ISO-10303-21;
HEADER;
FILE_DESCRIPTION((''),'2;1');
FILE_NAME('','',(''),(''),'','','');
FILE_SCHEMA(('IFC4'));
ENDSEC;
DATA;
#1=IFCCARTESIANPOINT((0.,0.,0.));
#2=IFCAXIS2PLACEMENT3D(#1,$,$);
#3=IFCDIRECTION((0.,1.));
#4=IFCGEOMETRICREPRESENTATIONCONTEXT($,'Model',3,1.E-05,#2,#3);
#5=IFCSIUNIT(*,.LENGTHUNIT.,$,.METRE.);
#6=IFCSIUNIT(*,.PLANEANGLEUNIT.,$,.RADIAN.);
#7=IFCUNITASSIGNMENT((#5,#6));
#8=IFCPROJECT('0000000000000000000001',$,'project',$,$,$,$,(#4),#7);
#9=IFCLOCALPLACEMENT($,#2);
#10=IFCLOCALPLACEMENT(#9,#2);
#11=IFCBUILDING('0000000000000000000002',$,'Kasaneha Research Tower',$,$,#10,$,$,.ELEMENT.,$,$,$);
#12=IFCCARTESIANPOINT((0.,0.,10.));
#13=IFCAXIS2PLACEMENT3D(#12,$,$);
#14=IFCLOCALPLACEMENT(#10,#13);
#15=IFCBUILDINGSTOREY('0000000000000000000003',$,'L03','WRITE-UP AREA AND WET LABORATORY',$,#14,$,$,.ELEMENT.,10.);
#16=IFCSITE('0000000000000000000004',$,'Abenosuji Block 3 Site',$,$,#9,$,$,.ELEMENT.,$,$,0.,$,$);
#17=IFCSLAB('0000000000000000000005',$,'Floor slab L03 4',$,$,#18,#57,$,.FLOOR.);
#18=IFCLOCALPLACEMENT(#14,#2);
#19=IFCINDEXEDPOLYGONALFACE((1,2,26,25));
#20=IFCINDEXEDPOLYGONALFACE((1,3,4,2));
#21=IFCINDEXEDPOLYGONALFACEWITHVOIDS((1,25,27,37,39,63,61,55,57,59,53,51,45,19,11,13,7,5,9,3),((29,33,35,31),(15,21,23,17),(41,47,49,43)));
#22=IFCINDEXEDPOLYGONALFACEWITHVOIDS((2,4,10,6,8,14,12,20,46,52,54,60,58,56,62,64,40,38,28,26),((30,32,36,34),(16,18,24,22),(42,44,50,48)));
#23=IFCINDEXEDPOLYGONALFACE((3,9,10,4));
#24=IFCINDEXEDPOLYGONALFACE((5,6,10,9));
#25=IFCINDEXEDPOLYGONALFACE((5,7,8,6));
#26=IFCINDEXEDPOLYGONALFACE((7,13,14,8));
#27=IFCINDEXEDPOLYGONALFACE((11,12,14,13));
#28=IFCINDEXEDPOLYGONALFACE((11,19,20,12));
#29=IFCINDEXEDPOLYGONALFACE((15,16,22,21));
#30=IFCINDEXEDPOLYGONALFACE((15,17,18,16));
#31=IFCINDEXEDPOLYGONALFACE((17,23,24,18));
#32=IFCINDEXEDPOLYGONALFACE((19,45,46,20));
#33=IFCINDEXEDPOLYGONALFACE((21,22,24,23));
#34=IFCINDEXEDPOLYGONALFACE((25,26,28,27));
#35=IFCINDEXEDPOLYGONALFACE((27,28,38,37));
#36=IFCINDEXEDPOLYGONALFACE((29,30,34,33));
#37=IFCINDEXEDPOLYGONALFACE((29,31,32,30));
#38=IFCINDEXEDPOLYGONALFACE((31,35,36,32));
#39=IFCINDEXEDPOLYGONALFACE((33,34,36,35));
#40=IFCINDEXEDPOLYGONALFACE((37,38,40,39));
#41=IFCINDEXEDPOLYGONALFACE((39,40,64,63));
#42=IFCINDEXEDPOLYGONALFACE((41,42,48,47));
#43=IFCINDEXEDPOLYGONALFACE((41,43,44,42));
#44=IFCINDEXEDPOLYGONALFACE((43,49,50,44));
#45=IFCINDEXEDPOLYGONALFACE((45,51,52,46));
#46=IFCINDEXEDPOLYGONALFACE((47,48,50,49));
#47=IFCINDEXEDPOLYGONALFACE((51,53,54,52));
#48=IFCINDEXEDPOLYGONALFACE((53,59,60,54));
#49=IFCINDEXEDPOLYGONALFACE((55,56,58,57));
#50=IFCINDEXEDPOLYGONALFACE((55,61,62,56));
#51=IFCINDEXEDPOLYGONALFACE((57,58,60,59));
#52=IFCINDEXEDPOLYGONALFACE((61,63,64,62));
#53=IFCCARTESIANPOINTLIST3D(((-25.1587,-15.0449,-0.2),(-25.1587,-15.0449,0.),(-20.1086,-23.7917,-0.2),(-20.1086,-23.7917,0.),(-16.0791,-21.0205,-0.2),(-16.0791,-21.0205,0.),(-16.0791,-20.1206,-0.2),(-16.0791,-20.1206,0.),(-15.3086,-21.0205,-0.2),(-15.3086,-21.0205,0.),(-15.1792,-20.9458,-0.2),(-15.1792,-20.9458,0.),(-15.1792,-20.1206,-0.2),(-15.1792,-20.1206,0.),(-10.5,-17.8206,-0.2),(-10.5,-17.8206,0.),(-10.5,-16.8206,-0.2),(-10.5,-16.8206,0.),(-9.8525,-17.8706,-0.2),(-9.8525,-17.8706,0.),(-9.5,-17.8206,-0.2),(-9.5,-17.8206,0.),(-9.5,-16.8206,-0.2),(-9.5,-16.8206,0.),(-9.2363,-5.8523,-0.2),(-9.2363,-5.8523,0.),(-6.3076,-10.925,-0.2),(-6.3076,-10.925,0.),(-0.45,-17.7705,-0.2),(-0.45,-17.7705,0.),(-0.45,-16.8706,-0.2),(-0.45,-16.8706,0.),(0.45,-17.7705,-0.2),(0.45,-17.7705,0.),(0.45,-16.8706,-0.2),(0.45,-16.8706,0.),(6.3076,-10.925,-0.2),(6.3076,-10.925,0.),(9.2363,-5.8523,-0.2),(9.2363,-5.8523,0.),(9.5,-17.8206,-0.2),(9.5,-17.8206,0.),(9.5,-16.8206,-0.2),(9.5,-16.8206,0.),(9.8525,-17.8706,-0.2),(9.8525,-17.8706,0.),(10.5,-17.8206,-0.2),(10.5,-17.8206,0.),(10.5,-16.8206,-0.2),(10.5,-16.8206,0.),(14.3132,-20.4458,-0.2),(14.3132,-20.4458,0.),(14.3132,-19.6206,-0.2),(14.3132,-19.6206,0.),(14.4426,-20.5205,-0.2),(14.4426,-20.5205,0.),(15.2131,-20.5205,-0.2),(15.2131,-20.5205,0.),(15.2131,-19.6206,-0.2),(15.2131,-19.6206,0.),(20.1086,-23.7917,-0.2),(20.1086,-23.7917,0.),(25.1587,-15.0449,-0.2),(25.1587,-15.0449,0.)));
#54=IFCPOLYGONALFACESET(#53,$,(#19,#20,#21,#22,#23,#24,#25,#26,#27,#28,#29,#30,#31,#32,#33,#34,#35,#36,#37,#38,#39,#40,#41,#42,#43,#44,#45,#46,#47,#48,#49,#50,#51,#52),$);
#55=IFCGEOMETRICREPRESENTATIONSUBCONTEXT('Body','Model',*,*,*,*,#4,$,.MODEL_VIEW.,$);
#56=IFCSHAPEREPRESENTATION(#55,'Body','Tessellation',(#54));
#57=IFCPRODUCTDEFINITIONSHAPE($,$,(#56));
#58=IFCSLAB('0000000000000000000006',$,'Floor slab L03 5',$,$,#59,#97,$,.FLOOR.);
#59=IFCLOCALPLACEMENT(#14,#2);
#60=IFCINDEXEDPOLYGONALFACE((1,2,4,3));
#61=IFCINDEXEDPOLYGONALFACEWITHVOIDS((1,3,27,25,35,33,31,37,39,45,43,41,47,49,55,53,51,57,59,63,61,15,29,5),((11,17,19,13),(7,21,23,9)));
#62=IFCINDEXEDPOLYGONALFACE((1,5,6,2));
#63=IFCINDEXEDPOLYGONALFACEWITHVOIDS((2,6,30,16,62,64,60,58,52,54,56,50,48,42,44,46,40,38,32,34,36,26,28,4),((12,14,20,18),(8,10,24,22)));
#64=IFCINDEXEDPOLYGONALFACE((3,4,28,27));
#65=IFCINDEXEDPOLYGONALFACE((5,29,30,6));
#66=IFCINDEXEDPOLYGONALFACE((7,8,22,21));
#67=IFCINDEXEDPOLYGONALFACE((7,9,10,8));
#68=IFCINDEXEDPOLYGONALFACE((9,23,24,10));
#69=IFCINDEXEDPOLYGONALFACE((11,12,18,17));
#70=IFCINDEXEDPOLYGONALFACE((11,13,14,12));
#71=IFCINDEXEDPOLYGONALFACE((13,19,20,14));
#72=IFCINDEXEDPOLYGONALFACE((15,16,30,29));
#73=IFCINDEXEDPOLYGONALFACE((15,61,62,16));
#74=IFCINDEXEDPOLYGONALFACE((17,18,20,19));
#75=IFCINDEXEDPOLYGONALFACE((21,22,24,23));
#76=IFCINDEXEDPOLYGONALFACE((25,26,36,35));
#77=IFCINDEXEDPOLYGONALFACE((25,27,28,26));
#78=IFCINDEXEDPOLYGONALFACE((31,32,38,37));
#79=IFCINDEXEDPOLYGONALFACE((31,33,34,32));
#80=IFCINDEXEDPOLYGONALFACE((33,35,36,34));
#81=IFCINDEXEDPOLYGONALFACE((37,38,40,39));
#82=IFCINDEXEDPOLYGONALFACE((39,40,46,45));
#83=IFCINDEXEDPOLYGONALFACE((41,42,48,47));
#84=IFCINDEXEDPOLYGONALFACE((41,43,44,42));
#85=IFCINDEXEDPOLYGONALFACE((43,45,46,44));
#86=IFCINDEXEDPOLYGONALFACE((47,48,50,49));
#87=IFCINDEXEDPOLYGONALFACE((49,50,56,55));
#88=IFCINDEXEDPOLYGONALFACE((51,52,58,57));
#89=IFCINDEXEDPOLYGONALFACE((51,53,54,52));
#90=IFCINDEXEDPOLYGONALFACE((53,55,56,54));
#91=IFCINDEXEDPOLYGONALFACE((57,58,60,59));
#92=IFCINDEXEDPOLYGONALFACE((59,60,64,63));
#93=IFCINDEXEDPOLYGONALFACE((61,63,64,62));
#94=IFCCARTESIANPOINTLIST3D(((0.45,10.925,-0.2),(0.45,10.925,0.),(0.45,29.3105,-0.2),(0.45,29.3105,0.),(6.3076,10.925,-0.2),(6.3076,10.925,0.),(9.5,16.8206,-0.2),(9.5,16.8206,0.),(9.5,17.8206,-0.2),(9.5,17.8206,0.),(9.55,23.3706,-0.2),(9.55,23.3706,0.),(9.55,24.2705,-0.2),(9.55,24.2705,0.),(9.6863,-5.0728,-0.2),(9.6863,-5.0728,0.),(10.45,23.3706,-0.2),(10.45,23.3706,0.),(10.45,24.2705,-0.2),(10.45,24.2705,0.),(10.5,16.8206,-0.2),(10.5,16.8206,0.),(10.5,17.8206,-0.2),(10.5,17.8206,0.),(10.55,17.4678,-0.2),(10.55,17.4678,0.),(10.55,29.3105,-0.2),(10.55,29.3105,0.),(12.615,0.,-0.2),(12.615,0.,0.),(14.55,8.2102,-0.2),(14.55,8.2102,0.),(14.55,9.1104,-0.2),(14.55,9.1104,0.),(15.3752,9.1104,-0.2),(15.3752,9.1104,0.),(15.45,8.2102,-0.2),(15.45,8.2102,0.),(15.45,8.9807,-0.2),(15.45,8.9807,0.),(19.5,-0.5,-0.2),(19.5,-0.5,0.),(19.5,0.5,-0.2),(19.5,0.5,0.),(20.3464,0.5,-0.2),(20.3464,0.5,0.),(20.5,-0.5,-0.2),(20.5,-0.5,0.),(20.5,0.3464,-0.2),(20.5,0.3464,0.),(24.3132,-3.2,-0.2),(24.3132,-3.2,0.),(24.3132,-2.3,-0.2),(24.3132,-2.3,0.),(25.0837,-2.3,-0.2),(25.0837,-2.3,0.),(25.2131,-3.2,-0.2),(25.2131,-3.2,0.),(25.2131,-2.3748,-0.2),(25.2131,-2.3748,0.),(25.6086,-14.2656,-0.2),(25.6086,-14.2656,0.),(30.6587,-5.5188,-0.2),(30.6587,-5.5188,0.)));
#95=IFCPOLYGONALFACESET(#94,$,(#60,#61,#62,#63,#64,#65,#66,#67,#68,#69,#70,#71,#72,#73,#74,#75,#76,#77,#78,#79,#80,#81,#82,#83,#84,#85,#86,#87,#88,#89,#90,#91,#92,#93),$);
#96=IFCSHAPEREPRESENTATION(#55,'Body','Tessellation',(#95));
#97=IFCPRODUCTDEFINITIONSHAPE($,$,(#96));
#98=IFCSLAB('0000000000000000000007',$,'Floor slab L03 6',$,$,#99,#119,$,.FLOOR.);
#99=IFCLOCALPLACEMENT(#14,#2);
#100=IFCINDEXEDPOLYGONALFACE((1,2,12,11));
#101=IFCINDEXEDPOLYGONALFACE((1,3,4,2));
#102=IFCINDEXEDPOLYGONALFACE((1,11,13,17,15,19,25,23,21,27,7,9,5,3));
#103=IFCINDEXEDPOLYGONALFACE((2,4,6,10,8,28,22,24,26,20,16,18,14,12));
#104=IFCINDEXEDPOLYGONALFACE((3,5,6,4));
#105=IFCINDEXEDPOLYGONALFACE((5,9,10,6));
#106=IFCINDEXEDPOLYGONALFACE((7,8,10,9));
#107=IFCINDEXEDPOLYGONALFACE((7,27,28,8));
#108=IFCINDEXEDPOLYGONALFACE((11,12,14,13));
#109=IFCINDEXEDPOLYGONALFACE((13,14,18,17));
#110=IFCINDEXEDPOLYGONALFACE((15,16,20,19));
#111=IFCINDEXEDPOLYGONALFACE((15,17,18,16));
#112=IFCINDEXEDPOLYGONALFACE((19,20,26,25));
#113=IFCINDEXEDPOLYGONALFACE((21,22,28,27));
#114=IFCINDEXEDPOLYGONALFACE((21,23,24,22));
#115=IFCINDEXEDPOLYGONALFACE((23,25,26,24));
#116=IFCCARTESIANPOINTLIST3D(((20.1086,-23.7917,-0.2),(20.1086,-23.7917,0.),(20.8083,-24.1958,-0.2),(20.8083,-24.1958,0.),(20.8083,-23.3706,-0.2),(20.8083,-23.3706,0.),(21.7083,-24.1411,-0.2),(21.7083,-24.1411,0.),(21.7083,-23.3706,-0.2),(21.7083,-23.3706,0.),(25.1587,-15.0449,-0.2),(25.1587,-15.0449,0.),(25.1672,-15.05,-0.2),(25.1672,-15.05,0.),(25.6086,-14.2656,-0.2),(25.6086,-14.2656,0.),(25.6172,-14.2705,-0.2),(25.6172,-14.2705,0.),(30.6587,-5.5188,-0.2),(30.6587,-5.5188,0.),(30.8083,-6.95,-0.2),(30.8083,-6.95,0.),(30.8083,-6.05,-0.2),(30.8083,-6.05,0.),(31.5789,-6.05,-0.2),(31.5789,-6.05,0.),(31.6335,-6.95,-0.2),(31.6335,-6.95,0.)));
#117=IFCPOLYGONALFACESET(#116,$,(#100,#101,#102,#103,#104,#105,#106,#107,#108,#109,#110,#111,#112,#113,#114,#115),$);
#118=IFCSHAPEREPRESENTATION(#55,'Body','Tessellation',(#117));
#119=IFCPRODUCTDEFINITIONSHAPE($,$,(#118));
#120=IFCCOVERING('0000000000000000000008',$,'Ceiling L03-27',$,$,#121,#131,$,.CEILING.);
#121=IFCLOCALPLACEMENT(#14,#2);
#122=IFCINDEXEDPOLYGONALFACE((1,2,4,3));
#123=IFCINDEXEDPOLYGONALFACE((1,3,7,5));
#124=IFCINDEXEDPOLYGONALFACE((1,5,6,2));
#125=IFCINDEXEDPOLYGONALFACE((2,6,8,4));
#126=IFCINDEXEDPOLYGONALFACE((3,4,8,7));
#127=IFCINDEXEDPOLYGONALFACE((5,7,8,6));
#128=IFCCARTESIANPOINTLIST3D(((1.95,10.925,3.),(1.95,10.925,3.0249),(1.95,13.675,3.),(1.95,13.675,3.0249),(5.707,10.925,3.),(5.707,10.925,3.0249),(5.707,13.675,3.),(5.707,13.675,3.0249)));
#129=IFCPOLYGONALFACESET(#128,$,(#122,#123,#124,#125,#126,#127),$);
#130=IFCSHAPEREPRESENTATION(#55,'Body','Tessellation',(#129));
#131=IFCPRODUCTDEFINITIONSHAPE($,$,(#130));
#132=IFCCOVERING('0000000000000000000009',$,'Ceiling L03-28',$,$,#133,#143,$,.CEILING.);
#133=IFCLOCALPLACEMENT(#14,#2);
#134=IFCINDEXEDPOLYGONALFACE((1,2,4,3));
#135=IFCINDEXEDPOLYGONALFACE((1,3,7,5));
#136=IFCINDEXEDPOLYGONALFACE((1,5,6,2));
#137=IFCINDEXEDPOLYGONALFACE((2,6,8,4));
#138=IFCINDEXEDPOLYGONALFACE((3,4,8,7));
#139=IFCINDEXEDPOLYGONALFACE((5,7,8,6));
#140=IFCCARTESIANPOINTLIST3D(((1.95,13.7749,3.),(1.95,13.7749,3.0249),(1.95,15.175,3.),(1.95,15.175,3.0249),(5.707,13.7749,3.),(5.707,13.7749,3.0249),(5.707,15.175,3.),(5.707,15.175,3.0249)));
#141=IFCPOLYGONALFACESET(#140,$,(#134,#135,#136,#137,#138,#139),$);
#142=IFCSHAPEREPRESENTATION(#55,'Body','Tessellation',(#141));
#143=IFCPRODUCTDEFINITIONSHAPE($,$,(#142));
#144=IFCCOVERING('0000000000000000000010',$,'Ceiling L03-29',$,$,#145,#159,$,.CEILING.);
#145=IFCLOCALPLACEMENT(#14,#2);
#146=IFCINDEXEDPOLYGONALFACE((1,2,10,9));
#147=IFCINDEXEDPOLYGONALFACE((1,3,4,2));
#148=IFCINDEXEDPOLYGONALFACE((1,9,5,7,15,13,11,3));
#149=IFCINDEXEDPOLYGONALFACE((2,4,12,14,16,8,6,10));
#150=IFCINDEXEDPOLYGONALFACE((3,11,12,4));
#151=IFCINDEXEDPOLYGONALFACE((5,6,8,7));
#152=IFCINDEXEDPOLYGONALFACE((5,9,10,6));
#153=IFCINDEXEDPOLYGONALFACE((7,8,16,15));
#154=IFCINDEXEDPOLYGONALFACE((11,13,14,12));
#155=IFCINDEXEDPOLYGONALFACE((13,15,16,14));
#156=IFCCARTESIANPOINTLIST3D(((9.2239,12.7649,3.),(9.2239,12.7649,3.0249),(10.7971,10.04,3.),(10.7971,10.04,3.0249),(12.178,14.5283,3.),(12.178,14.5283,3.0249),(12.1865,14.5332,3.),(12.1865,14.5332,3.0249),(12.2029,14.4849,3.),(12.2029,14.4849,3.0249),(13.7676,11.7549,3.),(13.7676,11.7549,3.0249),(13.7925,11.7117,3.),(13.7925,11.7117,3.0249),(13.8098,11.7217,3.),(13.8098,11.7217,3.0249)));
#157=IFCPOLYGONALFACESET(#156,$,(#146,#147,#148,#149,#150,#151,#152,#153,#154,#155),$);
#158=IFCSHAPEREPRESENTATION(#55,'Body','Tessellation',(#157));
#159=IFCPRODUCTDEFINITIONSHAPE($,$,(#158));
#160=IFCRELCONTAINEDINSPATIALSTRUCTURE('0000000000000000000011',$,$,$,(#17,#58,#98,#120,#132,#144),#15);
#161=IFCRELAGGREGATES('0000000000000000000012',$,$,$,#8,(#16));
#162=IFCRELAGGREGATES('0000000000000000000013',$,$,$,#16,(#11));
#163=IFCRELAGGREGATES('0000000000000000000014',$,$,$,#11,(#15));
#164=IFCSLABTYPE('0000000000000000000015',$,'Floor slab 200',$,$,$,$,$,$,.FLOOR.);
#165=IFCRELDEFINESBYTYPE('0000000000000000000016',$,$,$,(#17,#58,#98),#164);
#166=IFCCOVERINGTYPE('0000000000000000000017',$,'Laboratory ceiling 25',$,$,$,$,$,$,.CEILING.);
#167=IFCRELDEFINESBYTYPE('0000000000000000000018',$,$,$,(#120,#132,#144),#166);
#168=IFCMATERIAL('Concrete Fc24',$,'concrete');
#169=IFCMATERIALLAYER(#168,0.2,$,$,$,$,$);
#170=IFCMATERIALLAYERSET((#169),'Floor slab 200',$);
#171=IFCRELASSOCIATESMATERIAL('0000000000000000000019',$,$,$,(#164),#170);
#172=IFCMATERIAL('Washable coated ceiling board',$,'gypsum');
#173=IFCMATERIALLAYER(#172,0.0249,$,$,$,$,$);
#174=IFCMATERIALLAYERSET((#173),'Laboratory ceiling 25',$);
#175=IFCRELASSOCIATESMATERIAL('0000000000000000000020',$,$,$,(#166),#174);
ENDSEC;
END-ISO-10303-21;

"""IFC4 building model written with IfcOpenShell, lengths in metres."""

from ifc_helpers import new_model, si_unit, direction, frame, origin, place, context, subcontext, project, spatial, polyline, outline, extrude, material, layer, layer_set, type_object, element, save


model = new_model("IFC4")

# Units and contexts
model_context = context("Model", 3, precision=1e-05, world=origin(), true_north=direction((0.0, 1.0)))
body_context = subcontext(model_context, "Body", "Model", "MODEL_VIEW")
ifc_project = project(units=[si_unit("LENGTHUNIT", "METRE"), si_unit("PLANEANGLEUNIT", "RADIAN")], contexts=[model_context])

# Site, building, storey
site_placement = place(None, origin())
site = spatial("IfcSite", under=ifc_project, at=site_placement, Name="Abenosuji Block 3 Site", CompositionType="ELEMENT", RefElevation=0.0)
building_placement = place(site_placement, origin())
building = spatial("IfcBuilding", under=site, at=building_placement, Name="Kasaneha Research Tower", CompositionType="ELEMENT")
storey_placement = place(building_placement, frame((0.0, 0.0, 10.0)))
storey = spatial("IfcBuildingStorey", under=building, at=storey_placement, Name="L03", Description="WRITE-UP AREA AND WET LABORATORY", CompositionType="ELEMENT", Elevation=10.0)

# Slabs
ifc_material_1 = material(Name="Concrete Fc24", Category="concrete")
ifc_layer_1 = layer(ifc_material_1, 0.2)
ifc_layer_set_1 = layer_set([ifc_layer_1], Name="Floor slab 200")
slab_type_1 = type_object("IfcSlabType", Name="Floor slab 200", PredefinedType="FLOOR", material=ifc_layer_set_1)
slab_1_placement = place(storey_placement, frame((0.0, 0.0, -0.2)))
element("IfcSlab", 1, at=slab_1_placement, inside=storey, type_object=slab_type_1, Name="Floor slab L03 4", PredefinedType="FLOOR", context=body_context, shape_type="SweptSolid", body=[
    extrude(outline(polyline([(-6.3076, -10.925), (6.3076, -10.925), (9.2363, -5.8523), (25.1587, -15.0449), (20.1086, -23.7917), (14.4426, -20.5205), (15.2131, -20.5205), (15.2131, -19.6206), (14.3132, -19.6206), (14.3132, -20.4458), (9.8525, -17.8706), (-9.8525, -17.8706), (-15.1792, -20.9458), (-15.1792, -20.1206), (-16.0791, -20.1206), (-16.0791, -21.0205), (-15.3086, -21.0205), (-20.1086, -23.7917), (-25.1587, -15.0449), (-9.2363, -5.8523), (-6.3076, -10.925)]), holes=[polyline([(-0.45, -17.7705), (0.45, -17.7705), (0.45, -16.8706), (-0.45, -16.8706), (-0.45, -17.7705)]), polyline([(-9.5, -17.8206), (-9.5, -16.8206), (-10.5, -16.8206), (-10.5, -17.8206), (-9.5, -17.8206)]), polyline([(10.5, -17.8206), (10.5, -16.8206), (9.5, -16.8206), (9.5, -17.8206), (10.5, -17.8206)])]), origin(), (0.0, 0.0, 1.0), 0.2),
])
slab_2_placement = place(storey_placement, frame((0.0, 0.0, -0.2)))
element("IfcSlab", 2, at=slab_2_placement, inside=storey, type_object=slab_type_1, Name="Floor slab L03 5", PredefinedType="FLOOR", context=body_context, shape_type="SweptSolid", body=[
    extrude(outline(polyline([(9.6863, -5.0728), (12.615, 0.0), (6.3076, 10.925), (0.45, 10.925), (0.45, 29.3105), (10.55, 29.3105), (10.55, 17.4678), (15.3752, 9.1104), (14.55, 9.1104), (14.55, 8.2102), (15.45, 8.2102), (15.45, 8.9807), (20.3464, 0.5), (19.5, 0.5), (19.5, -0.5), (20.5, -0.5), (20.5, 0.3464), (25.0837, -2.3), (24.3132, -2.3), (24.3132, -3.2), (25.2131, -3.2), (25.2131, -2.3748), (30.6587, -5.5188), (25.6086, -14.2656), (9.6863, -5.0728)]), holes=[polyline([(9.5, 16.8206), (10.5, 16.8206), (10.5, 17.8206), (9.5, 17.8206), (9.5, 16.8206)]), polyline([(9.55, 23.3706), (10.45, 23.3706), (10.45, 24.2705), (9.55, 24.2705), (9.55, 23.3706)])]), origin(), (0.0, 0.0, 1.0), 0.2),
])
slab_3_placement = place(storey_placement, frame((0.0, 0.0, -0.2)))
element("IfcSlab", 3, at=slab_3_placement, inside=storey, type_object=slab_type_1, Name="Floor slab L03 6", PredefinedType="FLOOR", context=body_context, shape_type="SweptSolid", body=[
    extrude(outline(polyline([(25.1672, -15.05), (25.6172, -14.2705), (25.6086, -14.2656), (30.6587, -5.5188), (31.5789, -6.05), (30.8083, -6.05), (30.8083, -6.95), (31.6335, -6.95), (21.7083, -24.1411), (21.7083, -23.3706), (20.8083, -23.3706), (20.8083, -24.1958), (20.1086, -23.7917), (25.1587, -15.0449), (25.1672, -15.05)])), origin(), (0.0, 0.0, 1.0), 0.2),
])

# Coverings
ifc_material_2 = material(Name="Washable coated ceiling board", Category="gypsum")
ifc_layer_2 = layer(ifc_material_2, 0.0249)
ifc_layer_set_2 = layer_set([ifc_layer_2], Name="Laboratory ceiling 25")
covering_type_1 = type_object("IfcCoveringType", Name="Laboratory ceiling 25", PredefinedType="CEILING", material=ifc_layer_set_2)
covering_1_placement = place(storey_placement, frame((0.0, 0.0, 3.0)))
element("IfcCovering", 4, at=covering_1_placement, inside=storey, type_object=covering_type_1, Name="Ceiling L03-27", PredefinedType="CEILING", context=body_context, shape_type="SweptSolid", body=[
    extrude(outline(polyline([(1.95, 10.925), (1.95, 13.675), (5.707, 13.675), (5.707, 10.925), (1.95, 10.925)])), origin(), (0.0, 0.0, 1.0), 0.0249),
])
covering_2_placement = place(storey_placement, frame((0.0, 0.0, 3.0)))
element("IfcCovering", 5, at=covering_2_placement, inside=storey, type_object=covering_type_1, Name="Ceiling L03-28", PredefinedType="CEILING", context=body_context, shape_type="SweptSolid", body=[
    extrude(outline(polyline([(5.707, 13.7749), (1.95, 13.7749), (1.95, 15.175), (5.707, 15.175), (5.707, 13.7749)])), origin(), (0.0, 0.0, 1.0), 0.0249),
])
covering_3_placement = place(storey_placement, frame((0.0, 0.0, 3.0)))
element("IfcCovering", 6, at=covering_3_placement, inside=storey, type_object=covering_type_1, Name="Ceiling L03-29", PredefinedType="CEILING", context=body_context, shape_type="SweptSolid", body=[
    extrude(outline(polyline([(13.8098, 11.7217), (13.7925, 11.7117), (13.7676, 11.7549), (10.7971, 10.04), (9.2239, 12.7649), (12.2029, 14.4849), (12.178, 14.5283), (12.1865, 14.5332), (13.8098, 11.7217)])), origin(), (0.0, 0.0, 1.0), 0.0249),
])

save(model, "model.ifc")
